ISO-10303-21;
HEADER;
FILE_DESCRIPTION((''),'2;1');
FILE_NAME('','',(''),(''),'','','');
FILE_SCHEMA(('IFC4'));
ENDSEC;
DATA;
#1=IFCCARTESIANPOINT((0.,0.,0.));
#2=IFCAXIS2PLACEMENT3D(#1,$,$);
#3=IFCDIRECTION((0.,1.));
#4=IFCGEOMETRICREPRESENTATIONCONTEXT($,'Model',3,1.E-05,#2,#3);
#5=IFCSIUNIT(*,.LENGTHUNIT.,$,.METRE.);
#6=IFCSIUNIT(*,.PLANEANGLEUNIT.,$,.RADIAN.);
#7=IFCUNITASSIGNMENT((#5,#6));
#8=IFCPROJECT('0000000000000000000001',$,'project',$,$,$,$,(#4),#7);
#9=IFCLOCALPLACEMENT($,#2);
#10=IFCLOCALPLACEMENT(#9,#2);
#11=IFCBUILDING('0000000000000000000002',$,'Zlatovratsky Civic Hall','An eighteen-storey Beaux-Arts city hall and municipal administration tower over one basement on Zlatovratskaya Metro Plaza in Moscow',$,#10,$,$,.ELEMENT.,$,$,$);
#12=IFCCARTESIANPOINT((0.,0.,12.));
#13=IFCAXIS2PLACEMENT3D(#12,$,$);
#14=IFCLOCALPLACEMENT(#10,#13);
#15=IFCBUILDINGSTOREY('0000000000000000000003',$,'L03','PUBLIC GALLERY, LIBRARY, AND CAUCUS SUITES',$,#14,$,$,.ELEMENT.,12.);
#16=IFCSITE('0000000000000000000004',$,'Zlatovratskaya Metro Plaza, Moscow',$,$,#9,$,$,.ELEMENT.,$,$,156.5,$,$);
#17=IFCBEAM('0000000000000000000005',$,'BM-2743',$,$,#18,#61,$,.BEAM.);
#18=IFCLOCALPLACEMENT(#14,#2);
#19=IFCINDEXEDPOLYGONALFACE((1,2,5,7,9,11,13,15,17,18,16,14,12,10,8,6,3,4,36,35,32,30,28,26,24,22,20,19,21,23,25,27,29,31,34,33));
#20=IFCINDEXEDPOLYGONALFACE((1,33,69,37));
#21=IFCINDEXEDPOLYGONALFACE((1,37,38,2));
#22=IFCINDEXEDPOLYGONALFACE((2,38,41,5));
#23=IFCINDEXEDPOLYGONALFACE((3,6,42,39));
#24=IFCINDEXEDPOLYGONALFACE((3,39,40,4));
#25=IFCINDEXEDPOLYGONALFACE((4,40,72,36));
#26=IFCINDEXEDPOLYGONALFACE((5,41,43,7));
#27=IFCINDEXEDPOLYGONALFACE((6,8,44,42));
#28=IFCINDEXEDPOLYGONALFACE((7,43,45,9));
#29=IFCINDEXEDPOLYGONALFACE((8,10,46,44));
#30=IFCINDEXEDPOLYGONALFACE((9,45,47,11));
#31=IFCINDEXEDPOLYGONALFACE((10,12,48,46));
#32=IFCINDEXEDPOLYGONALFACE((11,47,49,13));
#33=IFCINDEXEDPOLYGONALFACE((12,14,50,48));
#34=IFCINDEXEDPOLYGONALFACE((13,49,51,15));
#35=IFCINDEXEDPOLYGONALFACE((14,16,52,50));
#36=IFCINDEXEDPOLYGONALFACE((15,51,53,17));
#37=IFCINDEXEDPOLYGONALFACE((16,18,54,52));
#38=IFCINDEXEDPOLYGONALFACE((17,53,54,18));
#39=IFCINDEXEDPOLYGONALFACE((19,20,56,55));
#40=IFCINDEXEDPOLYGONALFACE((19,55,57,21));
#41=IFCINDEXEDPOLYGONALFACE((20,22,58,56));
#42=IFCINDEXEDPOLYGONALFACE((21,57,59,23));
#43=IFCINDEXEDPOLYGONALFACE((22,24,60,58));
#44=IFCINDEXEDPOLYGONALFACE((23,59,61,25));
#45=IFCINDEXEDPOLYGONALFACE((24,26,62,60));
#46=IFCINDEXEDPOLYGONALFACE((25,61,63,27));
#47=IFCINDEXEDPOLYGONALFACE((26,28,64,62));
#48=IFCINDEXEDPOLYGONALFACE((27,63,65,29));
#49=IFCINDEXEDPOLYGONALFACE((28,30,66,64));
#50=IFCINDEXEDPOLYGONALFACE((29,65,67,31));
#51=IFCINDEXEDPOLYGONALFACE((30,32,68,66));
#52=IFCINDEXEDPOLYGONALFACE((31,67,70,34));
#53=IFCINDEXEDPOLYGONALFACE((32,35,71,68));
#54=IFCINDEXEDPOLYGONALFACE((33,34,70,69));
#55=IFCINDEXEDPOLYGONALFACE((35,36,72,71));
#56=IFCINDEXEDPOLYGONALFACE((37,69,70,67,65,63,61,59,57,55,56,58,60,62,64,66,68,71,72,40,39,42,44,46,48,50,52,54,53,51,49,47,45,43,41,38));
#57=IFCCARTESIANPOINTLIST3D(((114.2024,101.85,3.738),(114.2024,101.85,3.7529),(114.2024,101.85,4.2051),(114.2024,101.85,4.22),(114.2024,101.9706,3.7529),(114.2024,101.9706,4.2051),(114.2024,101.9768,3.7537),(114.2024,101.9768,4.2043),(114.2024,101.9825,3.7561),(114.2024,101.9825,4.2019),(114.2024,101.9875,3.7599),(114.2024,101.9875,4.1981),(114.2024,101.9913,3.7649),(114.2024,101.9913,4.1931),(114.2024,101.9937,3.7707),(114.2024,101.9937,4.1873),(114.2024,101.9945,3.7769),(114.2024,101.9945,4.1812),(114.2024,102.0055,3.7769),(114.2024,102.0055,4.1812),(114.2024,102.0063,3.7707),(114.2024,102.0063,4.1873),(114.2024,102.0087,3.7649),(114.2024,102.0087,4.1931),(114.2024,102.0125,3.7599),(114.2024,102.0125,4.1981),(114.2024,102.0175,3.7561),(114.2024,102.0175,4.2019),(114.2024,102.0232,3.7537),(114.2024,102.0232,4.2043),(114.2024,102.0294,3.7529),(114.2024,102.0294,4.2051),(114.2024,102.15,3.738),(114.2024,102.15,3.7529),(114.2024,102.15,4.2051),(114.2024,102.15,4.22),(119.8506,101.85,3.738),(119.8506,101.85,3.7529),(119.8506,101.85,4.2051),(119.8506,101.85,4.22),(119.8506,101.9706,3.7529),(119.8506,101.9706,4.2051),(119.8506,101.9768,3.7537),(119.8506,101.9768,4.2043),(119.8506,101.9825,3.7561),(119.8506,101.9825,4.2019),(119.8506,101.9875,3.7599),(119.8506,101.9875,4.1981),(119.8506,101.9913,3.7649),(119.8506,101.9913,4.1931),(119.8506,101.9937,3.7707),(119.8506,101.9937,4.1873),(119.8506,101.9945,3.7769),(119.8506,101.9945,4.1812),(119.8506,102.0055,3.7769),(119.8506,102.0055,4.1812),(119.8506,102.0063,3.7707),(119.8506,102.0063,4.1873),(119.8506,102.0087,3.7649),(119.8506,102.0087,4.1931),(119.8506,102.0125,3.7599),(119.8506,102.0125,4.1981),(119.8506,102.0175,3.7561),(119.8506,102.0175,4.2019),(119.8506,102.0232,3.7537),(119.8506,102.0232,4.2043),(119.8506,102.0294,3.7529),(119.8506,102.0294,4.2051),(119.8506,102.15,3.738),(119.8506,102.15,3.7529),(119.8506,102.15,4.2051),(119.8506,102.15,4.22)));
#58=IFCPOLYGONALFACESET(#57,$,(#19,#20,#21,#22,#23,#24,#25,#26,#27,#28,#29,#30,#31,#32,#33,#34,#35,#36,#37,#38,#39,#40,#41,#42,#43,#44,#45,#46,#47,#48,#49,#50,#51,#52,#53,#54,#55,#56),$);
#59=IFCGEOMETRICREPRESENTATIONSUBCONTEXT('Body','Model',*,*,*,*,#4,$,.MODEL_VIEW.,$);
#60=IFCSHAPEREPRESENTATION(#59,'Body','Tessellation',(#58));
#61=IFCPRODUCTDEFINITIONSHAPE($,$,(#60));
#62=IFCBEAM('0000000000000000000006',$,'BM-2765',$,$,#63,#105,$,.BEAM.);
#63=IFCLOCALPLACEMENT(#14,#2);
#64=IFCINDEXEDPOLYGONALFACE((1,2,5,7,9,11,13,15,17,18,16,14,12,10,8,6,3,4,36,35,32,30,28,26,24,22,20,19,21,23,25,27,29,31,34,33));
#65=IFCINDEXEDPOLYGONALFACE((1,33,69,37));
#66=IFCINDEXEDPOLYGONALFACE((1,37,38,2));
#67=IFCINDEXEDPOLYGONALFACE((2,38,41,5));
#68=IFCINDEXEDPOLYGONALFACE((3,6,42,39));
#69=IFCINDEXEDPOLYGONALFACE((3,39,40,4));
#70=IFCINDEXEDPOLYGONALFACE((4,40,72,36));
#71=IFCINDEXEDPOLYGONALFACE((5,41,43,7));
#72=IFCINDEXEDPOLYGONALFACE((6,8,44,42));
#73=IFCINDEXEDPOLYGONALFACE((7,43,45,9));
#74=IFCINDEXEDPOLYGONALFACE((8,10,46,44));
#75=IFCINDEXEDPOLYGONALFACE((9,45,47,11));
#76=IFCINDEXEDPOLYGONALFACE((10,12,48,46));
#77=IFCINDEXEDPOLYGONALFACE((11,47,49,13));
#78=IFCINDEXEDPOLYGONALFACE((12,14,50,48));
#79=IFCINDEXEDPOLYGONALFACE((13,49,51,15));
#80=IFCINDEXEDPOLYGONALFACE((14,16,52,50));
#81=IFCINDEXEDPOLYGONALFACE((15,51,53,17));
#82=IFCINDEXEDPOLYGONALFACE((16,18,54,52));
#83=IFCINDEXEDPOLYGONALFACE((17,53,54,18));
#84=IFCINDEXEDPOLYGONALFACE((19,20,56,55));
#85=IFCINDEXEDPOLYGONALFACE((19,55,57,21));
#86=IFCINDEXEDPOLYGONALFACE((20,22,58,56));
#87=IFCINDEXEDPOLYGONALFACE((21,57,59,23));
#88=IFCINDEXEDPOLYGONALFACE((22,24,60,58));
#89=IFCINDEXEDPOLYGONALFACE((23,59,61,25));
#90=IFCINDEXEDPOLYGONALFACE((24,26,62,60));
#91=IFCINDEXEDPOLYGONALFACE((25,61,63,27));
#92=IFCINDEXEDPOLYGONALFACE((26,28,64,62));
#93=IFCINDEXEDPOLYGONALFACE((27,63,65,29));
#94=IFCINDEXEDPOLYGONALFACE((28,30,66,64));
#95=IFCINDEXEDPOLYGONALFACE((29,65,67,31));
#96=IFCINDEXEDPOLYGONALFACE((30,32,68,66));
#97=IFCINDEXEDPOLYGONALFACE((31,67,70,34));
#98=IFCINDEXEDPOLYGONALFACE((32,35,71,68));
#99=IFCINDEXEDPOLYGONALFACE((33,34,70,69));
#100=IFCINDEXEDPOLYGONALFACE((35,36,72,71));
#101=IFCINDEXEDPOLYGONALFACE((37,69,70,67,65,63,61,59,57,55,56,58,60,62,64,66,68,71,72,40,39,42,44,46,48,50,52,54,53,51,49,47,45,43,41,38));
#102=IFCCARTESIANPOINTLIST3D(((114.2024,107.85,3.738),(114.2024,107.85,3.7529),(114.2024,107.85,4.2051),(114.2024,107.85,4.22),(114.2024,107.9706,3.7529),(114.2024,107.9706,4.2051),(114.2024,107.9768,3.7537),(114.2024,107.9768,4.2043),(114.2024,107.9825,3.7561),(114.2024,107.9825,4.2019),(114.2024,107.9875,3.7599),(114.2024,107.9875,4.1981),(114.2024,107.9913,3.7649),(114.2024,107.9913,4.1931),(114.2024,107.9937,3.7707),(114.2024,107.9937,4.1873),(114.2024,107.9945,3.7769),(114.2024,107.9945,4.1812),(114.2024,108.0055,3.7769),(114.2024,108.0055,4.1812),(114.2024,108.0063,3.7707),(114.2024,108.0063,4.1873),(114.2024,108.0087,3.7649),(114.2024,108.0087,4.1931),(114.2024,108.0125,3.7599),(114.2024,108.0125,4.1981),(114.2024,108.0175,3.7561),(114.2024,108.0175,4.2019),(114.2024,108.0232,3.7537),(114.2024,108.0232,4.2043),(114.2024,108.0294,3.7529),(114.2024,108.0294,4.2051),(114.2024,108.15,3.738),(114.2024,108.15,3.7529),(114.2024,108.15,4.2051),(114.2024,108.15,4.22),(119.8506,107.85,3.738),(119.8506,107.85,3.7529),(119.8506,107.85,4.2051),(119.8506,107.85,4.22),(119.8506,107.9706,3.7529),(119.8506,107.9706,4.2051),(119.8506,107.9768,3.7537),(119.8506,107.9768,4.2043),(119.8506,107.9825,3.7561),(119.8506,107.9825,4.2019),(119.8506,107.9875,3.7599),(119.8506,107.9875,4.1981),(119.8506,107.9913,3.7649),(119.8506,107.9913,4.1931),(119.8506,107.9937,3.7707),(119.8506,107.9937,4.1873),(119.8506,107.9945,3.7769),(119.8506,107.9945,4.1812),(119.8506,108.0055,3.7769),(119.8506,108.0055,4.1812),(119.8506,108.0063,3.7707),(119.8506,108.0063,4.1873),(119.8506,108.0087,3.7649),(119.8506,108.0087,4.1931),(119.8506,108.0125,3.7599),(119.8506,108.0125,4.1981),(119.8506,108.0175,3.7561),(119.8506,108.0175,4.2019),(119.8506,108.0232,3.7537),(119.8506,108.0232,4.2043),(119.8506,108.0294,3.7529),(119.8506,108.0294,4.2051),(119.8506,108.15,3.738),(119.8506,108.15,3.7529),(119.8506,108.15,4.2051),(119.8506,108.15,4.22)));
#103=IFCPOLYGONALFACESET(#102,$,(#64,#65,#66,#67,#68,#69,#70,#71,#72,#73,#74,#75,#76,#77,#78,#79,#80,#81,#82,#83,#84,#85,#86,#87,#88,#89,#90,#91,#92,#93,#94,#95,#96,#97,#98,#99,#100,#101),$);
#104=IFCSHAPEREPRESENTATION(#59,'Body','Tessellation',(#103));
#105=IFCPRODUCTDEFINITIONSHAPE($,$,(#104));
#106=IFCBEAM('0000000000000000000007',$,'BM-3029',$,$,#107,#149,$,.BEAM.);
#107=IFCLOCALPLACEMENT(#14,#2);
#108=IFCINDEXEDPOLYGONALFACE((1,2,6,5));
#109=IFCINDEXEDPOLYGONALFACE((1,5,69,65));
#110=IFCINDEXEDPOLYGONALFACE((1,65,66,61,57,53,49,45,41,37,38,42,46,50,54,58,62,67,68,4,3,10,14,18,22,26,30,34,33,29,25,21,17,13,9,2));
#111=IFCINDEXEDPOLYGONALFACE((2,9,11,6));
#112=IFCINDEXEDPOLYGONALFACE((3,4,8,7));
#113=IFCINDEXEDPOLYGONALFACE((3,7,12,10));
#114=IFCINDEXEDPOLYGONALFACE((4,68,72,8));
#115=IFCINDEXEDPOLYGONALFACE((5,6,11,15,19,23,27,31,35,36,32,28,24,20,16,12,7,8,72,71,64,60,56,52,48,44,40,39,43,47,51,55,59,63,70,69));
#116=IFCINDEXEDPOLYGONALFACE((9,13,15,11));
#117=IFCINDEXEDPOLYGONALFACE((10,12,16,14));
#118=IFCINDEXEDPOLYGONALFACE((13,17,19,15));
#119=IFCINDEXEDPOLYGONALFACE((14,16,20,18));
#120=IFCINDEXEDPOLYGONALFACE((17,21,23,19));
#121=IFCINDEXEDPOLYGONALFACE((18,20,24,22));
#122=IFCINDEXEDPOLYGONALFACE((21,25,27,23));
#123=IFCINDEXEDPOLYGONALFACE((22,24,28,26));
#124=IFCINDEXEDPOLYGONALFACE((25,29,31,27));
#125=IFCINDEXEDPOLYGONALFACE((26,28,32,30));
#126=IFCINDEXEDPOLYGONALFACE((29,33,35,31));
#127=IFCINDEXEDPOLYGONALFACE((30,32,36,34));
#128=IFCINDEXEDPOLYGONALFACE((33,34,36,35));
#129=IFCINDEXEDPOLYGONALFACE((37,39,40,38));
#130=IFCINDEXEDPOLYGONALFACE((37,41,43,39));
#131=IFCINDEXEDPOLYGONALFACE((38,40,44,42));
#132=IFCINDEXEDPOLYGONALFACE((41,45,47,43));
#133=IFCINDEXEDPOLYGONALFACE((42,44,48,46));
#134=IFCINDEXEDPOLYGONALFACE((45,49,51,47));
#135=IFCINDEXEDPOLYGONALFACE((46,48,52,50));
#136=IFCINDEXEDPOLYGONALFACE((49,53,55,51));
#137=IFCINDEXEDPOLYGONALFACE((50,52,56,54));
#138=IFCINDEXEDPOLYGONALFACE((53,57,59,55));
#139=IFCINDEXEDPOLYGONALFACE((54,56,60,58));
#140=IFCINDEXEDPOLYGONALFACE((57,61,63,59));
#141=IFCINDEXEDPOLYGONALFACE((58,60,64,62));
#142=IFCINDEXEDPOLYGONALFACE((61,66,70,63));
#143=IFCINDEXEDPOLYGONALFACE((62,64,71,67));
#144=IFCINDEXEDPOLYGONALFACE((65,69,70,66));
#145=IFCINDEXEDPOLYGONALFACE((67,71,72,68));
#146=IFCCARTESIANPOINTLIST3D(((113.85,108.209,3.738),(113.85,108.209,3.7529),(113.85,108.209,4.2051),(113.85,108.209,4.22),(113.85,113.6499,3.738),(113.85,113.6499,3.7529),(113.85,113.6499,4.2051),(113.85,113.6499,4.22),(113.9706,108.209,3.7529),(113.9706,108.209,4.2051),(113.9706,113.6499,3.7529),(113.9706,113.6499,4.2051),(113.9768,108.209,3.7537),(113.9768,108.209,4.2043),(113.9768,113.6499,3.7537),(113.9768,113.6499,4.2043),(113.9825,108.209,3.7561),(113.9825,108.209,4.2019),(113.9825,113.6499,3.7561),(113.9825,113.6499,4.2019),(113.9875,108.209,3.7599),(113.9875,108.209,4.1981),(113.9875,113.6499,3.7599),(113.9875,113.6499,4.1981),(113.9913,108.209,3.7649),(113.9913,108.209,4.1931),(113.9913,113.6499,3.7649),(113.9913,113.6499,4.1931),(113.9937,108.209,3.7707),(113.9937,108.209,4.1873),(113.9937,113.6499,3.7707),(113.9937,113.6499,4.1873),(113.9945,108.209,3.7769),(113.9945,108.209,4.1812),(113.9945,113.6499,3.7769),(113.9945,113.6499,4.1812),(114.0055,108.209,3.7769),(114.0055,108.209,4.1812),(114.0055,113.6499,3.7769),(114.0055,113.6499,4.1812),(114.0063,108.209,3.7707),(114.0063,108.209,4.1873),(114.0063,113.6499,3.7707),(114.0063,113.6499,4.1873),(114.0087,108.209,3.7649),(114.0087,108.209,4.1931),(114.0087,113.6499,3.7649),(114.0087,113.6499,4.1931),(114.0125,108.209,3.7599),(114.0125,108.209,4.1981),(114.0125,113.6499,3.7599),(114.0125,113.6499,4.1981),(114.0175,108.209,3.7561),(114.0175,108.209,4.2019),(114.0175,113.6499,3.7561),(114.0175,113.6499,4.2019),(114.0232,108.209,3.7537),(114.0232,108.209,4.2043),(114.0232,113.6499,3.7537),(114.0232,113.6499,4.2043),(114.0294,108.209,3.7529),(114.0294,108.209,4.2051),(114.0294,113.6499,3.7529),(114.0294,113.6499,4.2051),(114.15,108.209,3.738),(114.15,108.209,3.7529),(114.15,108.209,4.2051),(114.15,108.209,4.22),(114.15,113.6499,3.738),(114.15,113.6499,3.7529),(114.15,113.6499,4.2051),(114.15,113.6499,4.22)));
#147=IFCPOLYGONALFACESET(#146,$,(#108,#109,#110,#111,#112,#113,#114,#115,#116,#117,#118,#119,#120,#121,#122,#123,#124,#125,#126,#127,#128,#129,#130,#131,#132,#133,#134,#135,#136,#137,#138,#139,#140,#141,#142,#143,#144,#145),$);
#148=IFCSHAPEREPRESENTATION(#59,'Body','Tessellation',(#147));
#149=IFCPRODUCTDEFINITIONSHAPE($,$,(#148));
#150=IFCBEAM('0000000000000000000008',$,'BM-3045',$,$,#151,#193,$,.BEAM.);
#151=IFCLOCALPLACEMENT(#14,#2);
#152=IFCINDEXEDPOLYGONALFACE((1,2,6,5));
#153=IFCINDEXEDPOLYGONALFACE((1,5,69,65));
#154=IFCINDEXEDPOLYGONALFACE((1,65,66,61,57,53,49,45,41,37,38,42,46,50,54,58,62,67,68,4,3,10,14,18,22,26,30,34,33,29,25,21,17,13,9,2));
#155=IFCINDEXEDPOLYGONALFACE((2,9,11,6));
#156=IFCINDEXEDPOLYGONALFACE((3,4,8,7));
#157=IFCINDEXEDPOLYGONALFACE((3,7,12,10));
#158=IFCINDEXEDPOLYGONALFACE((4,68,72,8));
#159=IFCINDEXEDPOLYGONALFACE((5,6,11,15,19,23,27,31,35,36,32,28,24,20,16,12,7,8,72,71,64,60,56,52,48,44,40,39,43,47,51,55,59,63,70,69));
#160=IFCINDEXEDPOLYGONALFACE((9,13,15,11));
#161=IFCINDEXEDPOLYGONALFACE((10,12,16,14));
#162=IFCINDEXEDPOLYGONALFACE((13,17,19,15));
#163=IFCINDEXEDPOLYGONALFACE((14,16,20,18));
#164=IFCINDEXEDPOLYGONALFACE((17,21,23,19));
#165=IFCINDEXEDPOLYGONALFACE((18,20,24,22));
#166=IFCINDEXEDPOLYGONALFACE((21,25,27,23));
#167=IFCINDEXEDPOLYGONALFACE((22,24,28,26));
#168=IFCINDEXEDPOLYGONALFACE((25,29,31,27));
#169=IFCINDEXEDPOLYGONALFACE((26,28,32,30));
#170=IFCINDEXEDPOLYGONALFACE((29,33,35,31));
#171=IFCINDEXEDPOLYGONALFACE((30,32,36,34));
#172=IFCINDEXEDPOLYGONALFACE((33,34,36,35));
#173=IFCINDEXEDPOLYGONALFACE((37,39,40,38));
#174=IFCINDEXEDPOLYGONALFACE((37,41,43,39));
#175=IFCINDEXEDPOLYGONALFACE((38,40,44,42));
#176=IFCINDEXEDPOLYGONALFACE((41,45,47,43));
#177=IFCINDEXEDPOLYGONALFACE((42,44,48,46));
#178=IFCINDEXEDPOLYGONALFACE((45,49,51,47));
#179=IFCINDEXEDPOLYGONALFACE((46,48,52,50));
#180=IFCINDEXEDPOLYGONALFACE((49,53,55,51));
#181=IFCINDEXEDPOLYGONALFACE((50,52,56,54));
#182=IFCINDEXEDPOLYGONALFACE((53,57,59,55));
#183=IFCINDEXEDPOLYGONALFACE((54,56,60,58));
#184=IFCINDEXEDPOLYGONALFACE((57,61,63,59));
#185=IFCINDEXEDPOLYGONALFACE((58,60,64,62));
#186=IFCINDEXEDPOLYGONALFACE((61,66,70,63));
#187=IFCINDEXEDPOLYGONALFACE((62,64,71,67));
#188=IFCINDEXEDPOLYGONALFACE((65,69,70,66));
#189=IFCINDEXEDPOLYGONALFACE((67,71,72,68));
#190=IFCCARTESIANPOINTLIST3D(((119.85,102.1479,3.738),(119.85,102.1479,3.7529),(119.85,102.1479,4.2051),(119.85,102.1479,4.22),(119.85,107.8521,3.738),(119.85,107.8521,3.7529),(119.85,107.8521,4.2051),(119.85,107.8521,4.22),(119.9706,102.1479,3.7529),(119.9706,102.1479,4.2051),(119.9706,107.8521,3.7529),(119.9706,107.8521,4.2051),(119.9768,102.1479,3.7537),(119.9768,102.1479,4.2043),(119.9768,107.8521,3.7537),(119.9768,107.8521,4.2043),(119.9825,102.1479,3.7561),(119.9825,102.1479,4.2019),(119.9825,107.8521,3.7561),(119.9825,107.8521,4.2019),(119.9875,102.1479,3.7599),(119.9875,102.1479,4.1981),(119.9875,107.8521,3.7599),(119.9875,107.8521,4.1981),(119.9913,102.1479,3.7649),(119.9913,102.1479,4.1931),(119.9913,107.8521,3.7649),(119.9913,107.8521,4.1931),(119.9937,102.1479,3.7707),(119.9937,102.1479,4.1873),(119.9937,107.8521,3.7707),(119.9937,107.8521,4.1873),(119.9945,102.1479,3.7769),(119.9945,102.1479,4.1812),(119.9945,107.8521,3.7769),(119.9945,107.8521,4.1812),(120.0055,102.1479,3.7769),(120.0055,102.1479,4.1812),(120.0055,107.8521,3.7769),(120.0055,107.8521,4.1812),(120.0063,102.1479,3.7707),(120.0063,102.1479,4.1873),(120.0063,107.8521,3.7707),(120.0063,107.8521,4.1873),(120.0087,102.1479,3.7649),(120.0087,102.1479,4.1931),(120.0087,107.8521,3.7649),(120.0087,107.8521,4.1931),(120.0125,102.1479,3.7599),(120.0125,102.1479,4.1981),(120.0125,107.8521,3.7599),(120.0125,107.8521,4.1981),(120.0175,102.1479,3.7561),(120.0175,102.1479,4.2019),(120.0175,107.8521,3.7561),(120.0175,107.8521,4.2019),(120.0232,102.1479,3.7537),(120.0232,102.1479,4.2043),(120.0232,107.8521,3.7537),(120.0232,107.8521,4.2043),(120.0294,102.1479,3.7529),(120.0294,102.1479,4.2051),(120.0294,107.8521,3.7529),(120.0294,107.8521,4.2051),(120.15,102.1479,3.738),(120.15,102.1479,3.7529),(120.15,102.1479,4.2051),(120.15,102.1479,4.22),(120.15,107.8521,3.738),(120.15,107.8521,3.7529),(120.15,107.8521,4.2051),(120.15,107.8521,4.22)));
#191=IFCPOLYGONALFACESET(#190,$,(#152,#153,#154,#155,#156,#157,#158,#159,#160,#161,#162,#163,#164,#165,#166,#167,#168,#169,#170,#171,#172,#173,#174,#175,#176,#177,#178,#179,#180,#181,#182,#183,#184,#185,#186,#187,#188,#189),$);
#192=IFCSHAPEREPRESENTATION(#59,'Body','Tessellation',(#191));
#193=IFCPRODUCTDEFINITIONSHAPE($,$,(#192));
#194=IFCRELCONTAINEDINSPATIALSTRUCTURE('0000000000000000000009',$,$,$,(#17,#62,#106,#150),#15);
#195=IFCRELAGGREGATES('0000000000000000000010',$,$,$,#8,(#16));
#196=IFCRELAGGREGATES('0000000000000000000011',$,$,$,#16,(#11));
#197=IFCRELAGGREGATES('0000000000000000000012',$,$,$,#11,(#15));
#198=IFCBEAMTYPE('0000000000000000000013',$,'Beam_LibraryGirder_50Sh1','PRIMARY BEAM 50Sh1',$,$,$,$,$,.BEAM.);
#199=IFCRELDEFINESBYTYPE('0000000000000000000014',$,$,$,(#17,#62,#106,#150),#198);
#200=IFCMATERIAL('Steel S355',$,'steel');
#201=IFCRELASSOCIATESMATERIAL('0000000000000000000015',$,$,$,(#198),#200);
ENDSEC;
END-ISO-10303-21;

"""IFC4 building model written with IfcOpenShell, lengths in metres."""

from ifc_helpers import new_model, si_unit, direction, frame, origin, origin_2d, place, context, subcontext, project, spatial, i_section, extrude, material, material_profile, profile_set, type_object, element, save


model = new_model("IFC4")

# Units and contexts
model_context = context("Model", 3, precision=1e-05, world=origin(), true_north=direction((0.0, 1.0)))
body_context = subcontext(model_context, "Body", "Model", "MODEL_VIEW")
ifc_project = project(units=[si_unit("LENGTHUNIT", "METRE"), si_unit("PLANEANGLEUNIT", "RADIAN")], contexts=[model_context])

# Site, building, storey
site_placement = place(None, origin())
site = spatial("IfcSite", under=ifc_project, at=site_placement, Name="Zlatovratskaya Metro Plaza, Moscow", CompositionType="ELEMENT", RefElevation=156.5)
building_placement = place(site_placement, origin())
building = spatial("IfcBuilding", under=site, at=building_placement, Name="Zlatovratsky Civic Hall", Description="An eighteen-storey Beaux-Arts city hall and municipal administration tower over one basement on Zlatovratskaya Metro Plaza in Moscow", CompositionType="ELEMENT")
storey_placement = place(building_placement, frame((0.0, 0.0, 12.0)))
storey = spatial("IfcBuildingStorey", under=building, at=storey_placement, Name="L03", Description="PUBLIC GALLERY, LIBRARY, AND CAUCUS SUITES", CompositionType="ELEMENT", Elevation=12.0)

# Shared definitions
ifc_material_1 = material(Name="Steel S355", Category="steel")

# Beams
ifc_material_profile_1 = material_profile(ifc_material_1, i_section(OverallWidth=0.3, OverallDepth=0.4819, WebThickness=0.011, FlangeThickness=0.0149, FilletRadius=0.0239, at=origin_2d()), Name="50Sh1")
ifc_profile_set_1 = profile_set([ifc_material_profile_1], Name="Steel S355")
beam_type_1 = type_object("IfcBeamType", Name="Beam_LibraryGirder_50Sh1", Description="PRIMARY BEAM 50Sh1", PredefinedType="BEAM", material=ifc_profile_set_1)
for number, where, z_axis, x_axis, name in (
    (1, (114.2024, 102.0, 3.979), (1.0, 0.0, 0.0), (0.0, 1.0, 0.0), "BM-2743"),
    (2, (114.2024, 108.0, 3.979), (1.0, 0.0, 0.0), (0.0, 1.0, 0.0), "BM-2765"),
):
    element("IfcBeam", number, at=place(storey_placement, frame(where, z_axis=z_axis, x_axis=x_axis)), inside=storey, type_object=beam_type_1, Name=name, PredefinedType="BEAM", context=body_context, shape_type="SweptSolid", body=[
        extrude(i_section(OverallWidth=0.3, OverallDepth=0.4819, WebThickness=0.011, FlangeThickness=0.0149, FilletRadius=0.0239, at=origin_2d()), origin(), (0.0, 0.0, 1.0), 5.6482),
    ])
beam_1_placement = place(storey_placement, frame((114.0, 108.209, 3.979), z_axis=(0.0, 1.0, 0.0), x_axis=(-1.0, 0.0, 0.0)))
element("IfcBeam", 3, at=beam_1_placement, inside=storey, type_object=beam_type_1, Name="BM-3029", PredefinedType="BEAM", context=body_context, shape_type="SweptSolid", body=[
    extrude(i_section(OverallWidth=0.3, OverallDepth=0.4819, WebThickness=0.011, FlangeThickness=0.0149, FilletRadius=0.0239, at=origin_2d()), origin(), (0.0, 0.0, 1.0), 5.4409),
])
beam_2_placement = place(storey_placement, frame((120.0, 102.1479, 3.979), z_axis=(0.0, 1.0, 0.0), x_axis=(-1.0, 0.0, 0.0)))
element("IfcBeam", 4, at=beam_2_placement, inside=storey, type_object=beam_type_1, Name="BM-3045", PredefinedType="BEAM", context=body_context, shape_type="SweptSolid", body=[
    extrude(i_section(OverallWidth=0.3, OverallDepth=0.4819, WebThickness=0.011, FlangeThickness=0.0149, FilletRadius=0.0239, at=origin_2d()), origin(), (0.0, 0.0, 1.0), 5.7041),
])

save(model, "model.ifc")
